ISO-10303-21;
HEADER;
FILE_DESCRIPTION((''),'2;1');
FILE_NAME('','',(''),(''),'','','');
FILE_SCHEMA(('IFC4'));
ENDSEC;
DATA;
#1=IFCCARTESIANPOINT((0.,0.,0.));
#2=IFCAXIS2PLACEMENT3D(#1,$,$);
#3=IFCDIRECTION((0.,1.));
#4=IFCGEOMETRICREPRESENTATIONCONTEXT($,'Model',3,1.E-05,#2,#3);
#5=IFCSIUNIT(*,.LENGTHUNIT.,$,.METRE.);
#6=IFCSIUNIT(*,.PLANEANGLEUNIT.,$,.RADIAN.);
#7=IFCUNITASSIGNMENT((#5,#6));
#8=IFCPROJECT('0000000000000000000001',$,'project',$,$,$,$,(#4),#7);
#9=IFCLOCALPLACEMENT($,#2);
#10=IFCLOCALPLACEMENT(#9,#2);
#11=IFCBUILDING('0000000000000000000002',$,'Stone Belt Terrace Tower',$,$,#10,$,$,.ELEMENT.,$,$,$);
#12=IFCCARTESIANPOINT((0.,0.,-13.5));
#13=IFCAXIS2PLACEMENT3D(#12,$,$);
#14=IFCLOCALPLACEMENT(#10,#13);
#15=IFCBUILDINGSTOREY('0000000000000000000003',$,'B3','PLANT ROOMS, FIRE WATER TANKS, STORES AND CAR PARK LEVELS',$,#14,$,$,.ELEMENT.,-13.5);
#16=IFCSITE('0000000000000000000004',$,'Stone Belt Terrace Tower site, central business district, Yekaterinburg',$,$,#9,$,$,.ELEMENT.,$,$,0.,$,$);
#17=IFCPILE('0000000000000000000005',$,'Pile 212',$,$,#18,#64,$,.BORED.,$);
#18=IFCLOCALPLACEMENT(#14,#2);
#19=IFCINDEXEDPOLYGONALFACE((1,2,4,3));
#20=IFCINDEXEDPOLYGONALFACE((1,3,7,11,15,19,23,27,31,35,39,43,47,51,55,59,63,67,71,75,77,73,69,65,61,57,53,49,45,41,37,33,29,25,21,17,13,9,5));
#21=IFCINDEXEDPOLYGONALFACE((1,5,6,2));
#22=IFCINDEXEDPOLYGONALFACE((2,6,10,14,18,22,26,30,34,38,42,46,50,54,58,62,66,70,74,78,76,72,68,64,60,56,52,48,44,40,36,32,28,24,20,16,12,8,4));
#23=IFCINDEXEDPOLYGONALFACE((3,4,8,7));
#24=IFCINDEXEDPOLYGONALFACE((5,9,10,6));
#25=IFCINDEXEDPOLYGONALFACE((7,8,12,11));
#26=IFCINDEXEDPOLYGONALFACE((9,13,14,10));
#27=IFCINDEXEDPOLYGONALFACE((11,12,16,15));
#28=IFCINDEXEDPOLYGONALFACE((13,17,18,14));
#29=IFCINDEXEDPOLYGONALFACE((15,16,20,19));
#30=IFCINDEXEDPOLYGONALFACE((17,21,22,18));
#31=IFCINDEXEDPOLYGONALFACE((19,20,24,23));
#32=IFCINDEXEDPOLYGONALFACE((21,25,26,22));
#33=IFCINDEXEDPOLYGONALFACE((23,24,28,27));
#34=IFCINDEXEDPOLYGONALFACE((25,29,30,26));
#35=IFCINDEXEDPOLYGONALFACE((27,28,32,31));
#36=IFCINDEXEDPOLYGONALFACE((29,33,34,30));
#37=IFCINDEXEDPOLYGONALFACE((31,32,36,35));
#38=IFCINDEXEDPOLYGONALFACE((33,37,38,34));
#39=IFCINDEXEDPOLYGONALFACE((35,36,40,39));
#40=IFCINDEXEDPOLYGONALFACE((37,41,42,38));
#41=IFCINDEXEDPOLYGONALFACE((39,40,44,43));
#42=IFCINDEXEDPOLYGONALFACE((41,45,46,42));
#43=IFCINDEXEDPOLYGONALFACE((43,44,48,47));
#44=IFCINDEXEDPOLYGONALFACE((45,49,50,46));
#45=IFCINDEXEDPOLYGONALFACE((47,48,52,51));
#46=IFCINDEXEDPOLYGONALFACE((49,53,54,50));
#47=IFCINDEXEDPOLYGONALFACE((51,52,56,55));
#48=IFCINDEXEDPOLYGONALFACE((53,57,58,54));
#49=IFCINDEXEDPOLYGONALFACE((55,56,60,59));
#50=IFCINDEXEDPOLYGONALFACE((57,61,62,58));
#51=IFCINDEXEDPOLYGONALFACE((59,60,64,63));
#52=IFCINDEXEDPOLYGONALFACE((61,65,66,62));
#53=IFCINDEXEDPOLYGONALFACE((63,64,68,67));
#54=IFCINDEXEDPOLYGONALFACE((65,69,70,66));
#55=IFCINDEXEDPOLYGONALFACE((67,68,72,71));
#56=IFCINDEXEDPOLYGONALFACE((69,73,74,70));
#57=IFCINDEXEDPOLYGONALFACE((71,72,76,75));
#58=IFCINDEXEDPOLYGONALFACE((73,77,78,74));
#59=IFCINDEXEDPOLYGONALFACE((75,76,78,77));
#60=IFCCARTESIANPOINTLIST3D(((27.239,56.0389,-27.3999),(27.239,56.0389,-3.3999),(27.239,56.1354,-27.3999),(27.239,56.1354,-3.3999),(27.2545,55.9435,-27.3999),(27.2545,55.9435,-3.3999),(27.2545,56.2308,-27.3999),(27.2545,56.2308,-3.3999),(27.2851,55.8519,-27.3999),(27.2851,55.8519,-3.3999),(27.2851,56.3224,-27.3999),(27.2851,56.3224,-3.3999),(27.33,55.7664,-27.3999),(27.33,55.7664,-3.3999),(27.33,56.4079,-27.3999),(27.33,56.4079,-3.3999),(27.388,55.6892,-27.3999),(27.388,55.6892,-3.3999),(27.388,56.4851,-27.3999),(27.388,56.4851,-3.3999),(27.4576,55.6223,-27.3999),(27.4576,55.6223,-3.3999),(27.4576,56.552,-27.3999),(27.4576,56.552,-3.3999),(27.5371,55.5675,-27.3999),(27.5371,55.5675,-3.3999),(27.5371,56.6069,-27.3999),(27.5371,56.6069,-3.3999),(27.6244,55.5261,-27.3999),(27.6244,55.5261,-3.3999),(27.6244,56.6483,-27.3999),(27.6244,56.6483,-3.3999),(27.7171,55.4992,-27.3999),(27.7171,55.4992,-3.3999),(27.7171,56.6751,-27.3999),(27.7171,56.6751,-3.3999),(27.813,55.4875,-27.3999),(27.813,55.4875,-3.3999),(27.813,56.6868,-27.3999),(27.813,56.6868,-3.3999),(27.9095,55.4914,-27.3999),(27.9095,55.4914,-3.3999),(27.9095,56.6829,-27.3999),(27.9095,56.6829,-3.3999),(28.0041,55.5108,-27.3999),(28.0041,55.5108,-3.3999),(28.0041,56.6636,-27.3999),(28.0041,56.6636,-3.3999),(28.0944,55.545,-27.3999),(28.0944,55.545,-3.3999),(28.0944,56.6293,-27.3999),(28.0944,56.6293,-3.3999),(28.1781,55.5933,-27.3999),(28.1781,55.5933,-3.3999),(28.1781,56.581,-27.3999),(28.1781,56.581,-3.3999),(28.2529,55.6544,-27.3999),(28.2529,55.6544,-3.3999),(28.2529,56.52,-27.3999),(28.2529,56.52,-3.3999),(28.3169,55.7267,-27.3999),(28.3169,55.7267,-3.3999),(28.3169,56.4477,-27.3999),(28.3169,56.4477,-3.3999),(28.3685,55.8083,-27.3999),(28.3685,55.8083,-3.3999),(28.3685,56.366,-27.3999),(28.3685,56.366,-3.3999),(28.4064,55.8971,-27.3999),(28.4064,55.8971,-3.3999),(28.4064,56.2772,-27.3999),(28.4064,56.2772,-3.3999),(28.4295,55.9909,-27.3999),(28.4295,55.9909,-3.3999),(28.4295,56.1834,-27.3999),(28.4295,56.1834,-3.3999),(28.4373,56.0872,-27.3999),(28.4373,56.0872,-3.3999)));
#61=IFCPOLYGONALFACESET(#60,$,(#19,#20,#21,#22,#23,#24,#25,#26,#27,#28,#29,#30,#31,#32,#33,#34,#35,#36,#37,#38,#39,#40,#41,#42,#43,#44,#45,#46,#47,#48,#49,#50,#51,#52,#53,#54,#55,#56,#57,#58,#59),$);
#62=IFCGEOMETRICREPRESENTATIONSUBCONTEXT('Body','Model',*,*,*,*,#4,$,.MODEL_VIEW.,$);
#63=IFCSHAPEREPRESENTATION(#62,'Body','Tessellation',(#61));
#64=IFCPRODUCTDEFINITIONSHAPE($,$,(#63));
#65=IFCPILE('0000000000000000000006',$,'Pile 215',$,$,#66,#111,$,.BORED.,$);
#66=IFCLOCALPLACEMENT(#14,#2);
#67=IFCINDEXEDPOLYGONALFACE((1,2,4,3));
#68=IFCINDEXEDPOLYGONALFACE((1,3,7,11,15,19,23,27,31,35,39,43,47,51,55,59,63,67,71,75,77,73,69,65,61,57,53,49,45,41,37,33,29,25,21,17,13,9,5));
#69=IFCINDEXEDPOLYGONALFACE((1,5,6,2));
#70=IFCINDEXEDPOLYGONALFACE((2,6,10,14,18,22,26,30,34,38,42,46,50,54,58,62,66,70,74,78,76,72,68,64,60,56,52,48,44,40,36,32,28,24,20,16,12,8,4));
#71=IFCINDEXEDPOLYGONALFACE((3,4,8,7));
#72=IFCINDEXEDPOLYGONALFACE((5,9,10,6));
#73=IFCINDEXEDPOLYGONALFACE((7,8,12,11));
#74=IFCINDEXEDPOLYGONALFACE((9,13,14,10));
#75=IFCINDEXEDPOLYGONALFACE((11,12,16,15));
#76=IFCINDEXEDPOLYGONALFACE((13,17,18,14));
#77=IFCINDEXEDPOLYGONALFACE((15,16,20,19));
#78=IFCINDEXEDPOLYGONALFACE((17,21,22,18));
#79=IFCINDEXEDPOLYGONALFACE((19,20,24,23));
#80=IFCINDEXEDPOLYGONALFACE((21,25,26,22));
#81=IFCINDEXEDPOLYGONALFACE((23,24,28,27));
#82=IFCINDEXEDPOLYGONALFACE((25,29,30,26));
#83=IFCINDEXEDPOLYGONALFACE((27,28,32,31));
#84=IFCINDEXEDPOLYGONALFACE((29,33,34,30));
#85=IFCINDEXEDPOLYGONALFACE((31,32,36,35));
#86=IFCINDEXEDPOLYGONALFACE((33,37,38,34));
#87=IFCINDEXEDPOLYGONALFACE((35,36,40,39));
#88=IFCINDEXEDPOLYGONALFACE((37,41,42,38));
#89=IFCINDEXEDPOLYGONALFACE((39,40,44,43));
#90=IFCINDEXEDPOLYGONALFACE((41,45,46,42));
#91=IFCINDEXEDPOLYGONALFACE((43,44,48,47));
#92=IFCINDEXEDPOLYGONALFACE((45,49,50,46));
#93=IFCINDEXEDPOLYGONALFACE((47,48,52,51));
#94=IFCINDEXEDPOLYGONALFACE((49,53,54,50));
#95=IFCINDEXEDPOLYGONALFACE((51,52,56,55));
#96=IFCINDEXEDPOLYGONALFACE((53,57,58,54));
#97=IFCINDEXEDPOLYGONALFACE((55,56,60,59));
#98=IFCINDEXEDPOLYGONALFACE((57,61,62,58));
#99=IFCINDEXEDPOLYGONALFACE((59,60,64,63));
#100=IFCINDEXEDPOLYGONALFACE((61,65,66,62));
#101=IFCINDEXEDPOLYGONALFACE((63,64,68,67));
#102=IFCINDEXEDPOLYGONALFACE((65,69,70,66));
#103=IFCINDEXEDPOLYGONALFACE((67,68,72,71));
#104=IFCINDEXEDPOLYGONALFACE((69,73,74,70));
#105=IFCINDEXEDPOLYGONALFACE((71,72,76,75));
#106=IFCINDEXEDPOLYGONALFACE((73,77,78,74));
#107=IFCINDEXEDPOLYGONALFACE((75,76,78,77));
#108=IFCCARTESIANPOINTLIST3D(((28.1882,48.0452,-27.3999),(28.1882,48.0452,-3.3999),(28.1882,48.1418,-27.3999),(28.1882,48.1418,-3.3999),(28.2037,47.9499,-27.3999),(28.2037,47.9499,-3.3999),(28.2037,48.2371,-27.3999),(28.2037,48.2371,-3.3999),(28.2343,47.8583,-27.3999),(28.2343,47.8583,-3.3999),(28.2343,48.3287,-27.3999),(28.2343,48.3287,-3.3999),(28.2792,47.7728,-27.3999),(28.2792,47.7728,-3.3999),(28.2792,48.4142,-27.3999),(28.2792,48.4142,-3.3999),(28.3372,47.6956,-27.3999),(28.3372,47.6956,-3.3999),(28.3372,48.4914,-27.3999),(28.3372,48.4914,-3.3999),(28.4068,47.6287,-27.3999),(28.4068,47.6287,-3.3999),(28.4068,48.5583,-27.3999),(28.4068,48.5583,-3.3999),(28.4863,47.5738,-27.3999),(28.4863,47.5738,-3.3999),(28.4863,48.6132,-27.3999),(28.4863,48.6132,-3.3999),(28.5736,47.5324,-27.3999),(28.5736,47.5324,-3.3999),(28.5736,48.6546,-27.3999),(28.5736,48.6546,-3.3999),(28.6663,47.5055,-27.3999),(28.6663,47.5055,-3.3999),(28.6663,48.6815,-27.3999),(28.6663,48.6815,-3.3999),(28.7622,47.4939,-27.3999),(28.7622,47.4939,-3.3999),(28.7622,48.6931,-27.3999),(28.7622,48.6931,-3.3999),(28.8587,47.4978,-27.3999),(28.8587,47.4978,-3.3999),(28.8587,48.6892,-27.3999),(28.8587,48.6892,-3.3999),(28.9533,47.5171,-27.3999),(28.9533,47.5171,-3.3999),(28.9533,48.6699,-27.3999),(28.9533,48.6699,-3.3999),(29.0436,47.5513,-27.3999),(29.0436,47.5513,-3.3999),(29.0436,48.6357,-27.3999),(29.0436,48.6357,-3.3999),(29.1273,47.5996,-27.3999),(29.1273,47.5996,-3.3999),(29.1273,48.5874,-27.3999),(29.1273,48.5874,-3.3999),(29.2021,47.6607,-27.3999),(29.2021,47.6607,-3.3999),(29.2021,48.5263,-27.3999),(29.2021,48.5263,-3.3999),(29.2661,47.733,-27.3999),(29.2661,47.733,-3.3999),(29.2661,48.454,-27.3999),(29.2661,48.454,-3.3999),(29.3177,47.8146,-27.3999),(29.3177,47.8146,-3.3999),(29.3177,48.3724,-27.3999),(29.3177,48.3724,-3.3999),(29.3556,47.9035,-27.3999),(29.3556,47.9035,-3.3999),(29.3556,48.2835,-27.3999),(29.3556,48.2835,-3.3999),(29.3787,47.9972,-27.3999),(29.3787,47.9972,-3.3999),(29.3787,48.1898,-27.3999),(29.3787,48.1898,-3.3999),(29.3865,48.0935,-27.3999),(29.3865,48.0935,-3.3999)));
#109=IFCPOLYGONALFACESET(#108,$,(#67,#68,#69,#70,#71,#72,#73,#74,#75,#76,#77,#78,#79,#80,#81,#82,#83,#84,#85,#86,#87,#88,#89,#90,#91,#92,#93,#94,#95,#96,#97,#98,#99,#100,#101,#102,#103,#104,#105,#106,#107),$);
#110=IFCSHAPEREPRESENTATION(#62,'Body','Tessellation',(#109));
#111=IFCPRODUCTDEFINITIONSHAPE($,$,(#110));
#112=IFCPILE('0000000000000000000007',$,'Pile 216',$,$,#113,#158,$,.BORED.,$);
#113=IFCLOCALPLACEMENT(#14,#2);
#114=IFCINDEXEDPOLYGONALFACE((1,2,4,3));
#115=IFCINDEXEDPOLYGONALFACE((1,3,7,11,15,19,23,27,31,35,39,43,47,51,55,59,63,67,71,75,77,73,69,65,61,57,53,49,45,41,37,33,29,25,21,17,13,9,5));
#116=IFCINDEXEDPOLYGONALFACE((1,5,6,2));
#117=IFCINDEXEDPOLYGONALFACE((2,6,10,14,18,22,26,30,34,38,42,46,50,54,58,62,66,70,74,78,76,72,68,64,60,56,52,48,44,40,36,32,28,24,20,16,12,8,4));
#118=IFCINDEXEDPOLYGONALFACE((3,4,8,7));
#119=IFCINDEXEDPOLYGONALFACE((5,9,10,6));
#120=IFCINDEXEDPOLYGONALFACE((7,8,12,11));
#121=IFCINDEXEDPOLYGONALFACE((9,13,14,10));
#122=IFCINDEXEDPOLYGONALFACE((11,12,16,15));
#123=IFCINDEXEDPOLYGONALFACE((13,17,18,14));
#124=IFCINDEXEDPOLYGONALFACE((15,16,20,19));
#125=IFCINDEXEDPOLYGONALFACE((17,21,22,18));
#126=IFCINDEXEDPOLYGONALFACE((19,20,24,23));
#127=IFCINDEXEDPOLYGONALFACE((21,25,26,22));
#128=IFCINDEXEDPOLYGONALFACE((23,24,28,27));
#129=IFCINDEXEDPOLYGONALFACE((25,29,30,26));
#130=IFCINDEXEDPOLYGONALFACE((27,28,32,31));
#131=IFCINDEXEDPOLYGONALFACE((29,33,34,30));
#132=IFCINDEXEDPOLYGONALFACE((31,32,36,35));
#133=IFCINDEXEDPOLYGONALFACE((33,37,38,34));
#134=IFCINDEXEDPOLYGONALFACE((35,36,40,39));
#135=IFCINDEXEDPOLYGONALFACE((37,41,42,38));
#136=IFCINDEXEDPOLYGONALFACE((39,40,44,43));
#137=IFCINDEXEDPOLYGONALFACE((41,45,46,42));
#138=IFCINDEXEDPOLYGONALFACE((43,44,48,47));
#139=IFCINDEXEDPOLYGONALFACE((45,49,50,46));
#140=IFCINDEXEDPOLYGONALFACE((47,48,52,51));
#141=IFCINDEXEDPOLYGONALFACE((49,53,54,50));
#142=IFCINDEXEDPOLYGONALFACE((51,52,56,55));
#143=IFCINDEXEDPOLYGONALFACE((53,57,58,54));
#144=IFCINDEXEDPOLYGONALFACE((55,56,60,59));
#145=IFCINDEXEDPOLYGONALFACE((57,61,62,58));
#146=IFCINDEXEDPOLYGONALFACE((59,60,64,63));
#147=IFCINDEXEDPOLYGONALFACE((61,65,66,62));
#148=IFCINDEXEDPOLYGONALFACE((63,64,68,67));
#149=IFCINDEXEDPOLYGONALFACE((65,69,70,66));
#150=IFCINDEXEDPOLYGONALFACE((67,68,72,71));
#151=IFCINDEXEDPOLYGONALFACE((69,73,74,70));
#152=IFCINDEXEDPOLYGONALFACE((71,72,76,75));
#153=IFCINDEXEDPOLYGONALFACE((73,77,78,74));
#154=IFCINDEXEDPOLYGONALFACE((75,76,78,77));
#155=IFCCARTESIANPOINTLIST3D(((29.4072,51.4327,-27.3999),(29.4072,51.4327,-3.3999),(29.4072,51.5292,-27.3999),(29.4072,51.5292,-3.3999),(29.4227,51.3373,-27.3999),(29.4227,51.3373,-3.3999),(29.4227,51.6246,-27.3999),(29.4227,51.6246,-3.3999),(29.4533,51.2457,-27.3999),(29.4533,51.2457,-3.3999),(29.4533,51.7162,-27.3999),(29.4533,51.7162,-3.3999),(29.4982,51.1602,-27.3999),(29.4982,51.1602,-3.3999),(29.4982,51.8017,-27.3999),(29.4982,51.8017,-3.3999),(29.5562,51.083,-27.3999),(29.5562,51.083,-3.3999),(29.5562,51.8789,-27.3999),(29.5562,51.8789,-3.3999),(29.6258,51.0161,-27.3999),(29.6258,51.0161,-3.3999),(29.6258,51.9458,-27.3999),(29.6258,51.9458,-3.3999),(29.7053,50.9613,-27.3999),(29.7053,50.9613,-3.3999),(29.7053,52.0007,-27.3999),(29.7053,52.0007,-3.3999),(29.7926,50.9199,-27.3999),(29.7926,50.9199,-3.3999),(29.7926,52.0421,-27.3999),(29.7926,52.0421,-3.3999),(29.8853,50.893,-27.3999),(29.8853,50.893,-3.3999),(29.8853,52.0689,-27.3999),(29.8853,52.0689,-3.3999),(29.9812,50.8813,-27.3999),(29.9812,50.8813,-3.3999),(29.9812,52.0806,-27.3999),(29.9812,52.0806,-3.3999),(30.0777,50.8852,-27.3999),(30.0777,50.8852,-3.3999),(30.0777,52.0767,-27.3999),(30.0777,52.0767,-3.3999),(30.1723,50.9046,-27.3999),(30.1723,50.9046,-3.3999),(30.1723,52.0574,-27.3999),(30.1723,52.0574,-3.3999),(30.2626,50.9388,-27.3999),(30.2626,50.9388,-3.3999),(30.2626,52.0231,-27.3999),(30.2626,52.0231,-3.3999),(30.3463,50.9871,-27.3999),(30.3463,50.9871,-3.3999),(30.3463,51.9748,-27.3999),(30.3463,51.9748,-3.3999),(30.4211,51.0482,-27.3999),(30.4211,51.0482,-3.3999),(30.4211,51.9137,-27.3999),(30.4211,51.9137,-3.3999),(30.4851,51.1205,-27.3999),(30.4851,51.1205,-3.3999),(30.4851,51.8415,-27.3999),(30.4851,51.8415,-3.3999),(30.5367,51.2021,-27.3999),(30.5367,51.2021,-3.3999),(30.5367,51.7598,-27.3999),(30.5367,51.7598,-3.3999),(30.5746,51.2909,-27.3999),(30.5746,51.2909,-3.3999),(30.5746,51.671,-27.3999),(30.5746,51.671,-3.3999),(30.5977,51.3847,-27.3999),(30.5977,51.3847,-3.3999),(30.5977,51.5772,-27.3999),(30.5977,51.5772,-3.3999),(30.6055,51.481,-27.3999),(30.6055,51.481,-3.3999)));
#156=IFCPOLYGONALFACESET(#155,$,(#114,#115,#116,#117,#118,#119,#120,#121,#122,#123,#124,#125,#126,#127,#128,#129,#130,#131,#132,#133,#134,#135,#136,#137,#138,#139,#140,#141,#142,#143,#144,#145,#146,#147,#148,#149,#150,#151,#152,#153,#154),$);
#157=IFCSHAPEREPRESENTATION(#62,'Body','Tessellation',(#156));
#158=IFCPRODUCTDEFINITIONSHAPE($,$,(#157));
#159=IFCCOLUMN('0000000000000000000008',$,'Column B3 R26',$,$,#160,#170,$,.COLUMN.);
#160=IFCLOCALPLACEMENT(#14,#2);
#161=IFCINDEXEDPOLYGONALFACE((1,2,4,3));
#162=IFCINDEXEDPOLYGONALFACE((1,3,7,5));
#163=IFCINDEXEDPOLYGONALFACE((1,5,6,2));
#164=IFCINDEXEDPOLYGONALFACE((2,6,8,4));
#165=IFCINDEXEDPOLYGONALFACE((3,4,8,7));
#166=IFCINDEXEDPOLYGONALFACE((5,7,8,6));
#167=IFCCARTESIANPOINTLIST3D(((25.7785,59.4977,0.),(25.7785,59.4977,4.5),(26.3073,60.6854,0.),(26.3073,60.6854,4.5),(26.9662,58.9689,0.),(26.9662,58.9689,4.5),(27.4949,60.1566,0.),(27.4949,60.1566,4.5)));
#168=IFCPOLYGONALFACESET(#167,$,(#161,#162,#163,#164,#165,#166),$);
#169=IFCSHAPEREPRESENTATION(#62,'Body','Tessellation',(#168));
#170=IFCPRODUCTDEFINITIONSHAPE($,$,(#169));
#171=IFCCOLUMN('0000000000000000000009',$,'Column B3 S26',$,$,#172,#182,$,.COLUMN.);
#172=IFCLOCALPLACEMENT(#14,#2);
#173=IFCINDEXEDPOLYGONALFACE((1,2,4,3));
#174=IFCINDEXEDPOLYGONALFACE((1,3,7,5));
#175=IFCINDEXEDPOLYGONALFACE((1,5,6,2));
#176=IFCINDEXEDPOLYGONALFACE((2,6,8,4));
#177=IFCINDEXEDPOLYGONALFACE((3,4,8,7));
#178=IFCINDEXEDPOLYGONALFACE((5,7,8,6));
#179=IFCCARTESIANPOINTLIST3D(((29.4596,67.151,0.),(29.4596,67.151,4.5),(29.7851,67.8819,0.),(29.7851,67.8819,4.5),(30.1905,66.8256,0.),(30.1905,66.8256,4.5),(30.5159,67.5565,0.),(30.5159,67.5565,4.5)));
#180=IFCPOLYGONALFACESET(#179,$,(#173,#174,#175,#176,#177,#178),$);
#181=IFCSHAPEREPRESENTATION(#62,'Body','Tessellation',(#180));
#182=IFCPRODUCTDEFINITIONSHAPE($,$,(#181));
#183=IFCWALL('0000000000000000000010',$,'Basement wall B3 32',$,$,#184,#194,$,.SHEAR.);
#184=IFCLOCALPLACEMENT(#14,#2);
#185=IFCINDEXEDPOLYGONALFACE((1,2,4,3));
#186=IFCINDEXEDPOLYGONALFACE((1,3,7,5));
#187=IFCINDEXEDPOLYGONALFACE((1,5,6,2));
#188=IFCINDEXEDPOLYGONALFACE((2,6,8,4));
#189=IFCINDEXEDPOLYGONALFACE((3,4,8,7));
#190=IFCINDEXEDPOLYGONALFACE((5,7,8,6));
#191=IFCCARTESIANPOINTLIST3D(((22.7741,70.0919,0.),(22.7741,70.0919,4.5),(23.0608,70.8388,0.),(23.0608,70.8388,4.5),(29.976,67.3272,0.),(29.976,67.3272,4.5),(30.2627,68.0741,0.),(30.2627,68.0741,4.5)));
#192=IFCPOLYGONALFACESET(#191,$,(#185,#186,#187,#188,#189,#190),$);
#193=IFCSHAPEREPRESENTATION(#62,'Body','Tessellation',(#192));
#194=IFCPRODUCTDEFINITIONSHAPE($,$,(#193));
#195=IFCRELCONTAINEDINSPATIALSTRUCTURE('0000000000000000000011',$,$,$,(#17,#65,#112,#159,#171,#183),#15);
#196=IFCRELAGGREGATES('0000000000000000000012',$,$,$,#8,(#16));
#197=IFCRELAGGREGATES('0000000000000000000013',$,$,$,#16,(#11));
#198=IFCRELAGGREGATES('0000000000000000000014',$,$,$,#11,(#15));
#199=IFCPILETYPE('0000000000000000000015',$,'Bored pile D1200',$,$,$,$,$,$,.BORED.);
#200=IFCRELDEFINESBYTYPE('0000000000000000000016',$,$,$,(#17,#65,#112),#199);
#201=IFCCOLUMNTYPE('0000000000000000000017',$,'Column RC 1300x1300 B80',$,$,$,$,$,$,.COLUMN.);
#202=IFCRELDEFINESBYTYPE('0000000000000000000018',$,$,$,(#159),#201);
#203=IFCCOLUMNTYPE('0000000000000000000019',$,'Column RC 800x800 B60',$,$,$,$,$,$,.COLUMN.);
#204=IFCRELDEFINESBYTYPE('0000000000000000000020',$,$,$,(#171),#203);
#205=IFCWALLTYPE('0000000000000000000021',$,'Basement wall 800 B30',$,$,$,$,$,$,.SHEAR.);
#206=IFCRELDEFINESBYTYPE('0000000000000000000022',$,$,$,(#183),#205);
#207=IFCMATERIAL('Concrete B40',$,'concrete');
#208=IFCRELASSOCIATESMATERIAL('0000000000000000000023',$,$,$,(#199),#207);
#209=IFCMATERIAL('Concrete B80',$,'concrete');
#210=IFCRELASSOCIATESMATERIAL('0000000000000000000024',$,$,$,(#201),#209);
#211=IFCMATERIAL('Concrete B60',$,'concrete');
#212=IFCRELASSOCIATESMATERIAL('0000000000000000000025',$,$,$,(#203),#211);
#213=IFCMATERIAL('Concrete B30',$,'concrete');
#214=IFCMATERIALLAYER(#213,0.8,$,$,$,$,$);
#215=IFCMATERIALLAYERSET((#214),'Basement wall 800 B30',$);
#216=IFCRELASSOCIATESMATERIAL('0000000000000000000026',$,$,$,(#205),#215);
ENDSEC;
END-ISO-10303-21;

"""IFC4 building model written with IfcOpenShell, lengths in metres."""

from ifc_helpers import new_model, si_unit, direction, frame, frame_2d, origin, origin_2d, place, context, subcontext, project, spatial, rectangle, circle, extrude, material, layer, layer_set, material_profile, profile_set, type_object, element, save


model = new_model("IFC4")

# Units and contexts
model_context = context("Model", 3, precision=1e-05, world=origin(), true_north=direction((0.0, 1.0)))
body_context = subcontext(model_context, "Body", "Model", "MODEL_VIEW")
ifc_project = project(units=[si_unit("LENGTHUNIT", "METRE"), si_unit("PLANEANGLEUNIT", "RADIAN")], contexts=[model_context])

# Site, building, storey
site_placement = place(None, origin())
site = spatial("IfcSite", under=ifc_project, at=site_placement, Name="Stone Belt Terrace Tower site, central business district, Yekaterinburg", CompositionType="ELEMENT", RefElevation=0.0)
building_placement = place(site_placement, origin())
building = spatial("IfcBuilding", under=site, at=building_placement, Name="Stone Belt Terrace Tower", CompositionType="ELEMENT")
storey_placement = place(building_placement, frame((0.0, 0.0, -13.5)))
storey = spatial("IfcBuildingStorey", under=building, at=storey_placement, Name="B3", Description="PLANT ROOMS, FIRE WATER TANKS, STORES AND CAR PARK LEVELS", CompositionType="ELEMENT", Elevation=-13.5)

# Piles
ifc_material_1 = material(Name="Concrete B40", Category="concrete")
ifc_material_profile_1 = material_profile(ifc_material_1, circle(Radius=0.6001, at=origin_2d()), Name="PILE D1200")
ifc_profile_set_1 = profile_set([ifc_material_profile_1], Name="Concrete B40")
pile_type = type_object("IfcPileType", Name="Bored pile D1200", PredefinedType="BORED", material=ifc_profile_set_1)
for number, where, z_axis, x_axis, name in (
    (1, (27.8372, 56.0872, -3.3999), (0.0, 0.0, -1.0), (1.0, 0.0, 0.0), "Pile 212"),
    (2, (28.7864, 48.0935, -3.3999), (0.0, 0.0, -1.0), (1.0, 0.0, 0.0), "Pile 215"),
    (3, (30.0054, 51.481, -3.3999), (0.0, 0.0, -1.0), (1.0, 0.0, 0.0), "Pile 216"),
):
    element("IfcPile", number, at=place(storey_placement, frame(where, z_axis=z_axis, x_axis=x_axis)), inside=storey, type_object=pile_type, Name=name, PredefinedType="BORED", context=body_context, shape_type="SweptSolid", body=[
        extrude(circle(Radius=0.6001, at=origin_2d()), origin(), (0.0, 0.0, 1.0), 24.0),
    ])

# Columns
ifc_material_2 = material(Name="Concrete B80", Category="concrete")
ifc_material_profile_2 = material_profile(ifc_material_2, rectangle(XDim=1.3, YDim=1.3, at=origin_2d()), Name="RC 1300x1300")
ifc_profile_set_2 = profile_set([ifc_material_profile_2], Name="Concrete B80")
column_type_1 = type_object("IfcColumnType", Name="Column RC 1300x1300 B80", PredefinedType="COLUMN", material=ifc_profile_set_2)
column_1_placement = place(storey_placement, frame((26.6367, 59.8271, 0.0), z_axis=(0.0, 0.0, 1.0), x_axis=(0.913545, -0.406737, 0.0)))
element("IfcColumn", 4, at=column_1_placement, inside=storey, type_object=column_type_1, Name="Column B3 R26", PredefinedType="COLUMN", context=body_context, shape_type="SweptSolid", body=[
    extrude(rectangle(XDim=1.3, YDim=1.3, at=origin_2d()), origin(), (0.0, 0.0, 1.0), 4.5),
])
ifc_material_3 = material(Name="Concrete B60", Category="concrete")
ifc_material_profile_3 = material_profile(ifc_material_3, rectangle(XDim=0.8, YDim=0.8, at=origin_2d()), Name="RC 800x800")
ifc_profile_set_3 = profile_set([ifc_material_profile_3], Name="Concrete B60")
column_type_2 = type_object("IfcColumnType", Name="Column RC 800x800 B60", PredefinedType="COLUMN", material=ifc_profile_set_3)
column_2_placement = place(storey_placement, frame((29.9878, 67.3538, 0.0), z_axis=(0.0, 0.0, 1.0), x_axis=(0.913545, -0.406737, 0.0)))
element("IfcColumn", 5, at=column_2_placement, inside=storey, type_object=column_type_2, Name="Column B3 S26", PredefinedType="COLUMN", context=body_context, shape_type="SweptSolid", body=[
    extrude(rectangle(XDim=0.8, YDim=0.8, at=origin_2d()), origin(), (0.0, 0.0, 1.0), 4.5),
])

# Wall
ifc_material_4 = material(Name="Concrete B30", Category="concrete")
ifc_layer_1 = layer(ifc_material_4, 0.8)
ifc_layer_set_1 = layer_set([ifc_layer_1], Name="Basement wall 800 B30")
wall_type_1 = type_object("IfcWallType", Name="Basement wall 800 B30", PredefinedType="SHEAR", material=ifc_layer_set_1)
wall_1_placement = place(storey_placement, frame((30.1194, 67.7007, 0.0), z_axis=(0.0, 0.0, 1.0), x_axis=(-0.933576, 0.358379, 0.0)))
element("IfcWall", 6, at=wall_1_placement, inside=storey, type_object=wall_type_1, Name="Basement wall B3 32", PredefinedType="SHEAR", context=body_context, shape_type="SweptSolid", body=[
    extrude(rectangle(XDim=7.7144, YDim=0.8, at=frame_2d((3.8572, 0.0))), origin(), (0.0, 0.0, 1.0), 4.5),
])

save(model, "model.ifc")
